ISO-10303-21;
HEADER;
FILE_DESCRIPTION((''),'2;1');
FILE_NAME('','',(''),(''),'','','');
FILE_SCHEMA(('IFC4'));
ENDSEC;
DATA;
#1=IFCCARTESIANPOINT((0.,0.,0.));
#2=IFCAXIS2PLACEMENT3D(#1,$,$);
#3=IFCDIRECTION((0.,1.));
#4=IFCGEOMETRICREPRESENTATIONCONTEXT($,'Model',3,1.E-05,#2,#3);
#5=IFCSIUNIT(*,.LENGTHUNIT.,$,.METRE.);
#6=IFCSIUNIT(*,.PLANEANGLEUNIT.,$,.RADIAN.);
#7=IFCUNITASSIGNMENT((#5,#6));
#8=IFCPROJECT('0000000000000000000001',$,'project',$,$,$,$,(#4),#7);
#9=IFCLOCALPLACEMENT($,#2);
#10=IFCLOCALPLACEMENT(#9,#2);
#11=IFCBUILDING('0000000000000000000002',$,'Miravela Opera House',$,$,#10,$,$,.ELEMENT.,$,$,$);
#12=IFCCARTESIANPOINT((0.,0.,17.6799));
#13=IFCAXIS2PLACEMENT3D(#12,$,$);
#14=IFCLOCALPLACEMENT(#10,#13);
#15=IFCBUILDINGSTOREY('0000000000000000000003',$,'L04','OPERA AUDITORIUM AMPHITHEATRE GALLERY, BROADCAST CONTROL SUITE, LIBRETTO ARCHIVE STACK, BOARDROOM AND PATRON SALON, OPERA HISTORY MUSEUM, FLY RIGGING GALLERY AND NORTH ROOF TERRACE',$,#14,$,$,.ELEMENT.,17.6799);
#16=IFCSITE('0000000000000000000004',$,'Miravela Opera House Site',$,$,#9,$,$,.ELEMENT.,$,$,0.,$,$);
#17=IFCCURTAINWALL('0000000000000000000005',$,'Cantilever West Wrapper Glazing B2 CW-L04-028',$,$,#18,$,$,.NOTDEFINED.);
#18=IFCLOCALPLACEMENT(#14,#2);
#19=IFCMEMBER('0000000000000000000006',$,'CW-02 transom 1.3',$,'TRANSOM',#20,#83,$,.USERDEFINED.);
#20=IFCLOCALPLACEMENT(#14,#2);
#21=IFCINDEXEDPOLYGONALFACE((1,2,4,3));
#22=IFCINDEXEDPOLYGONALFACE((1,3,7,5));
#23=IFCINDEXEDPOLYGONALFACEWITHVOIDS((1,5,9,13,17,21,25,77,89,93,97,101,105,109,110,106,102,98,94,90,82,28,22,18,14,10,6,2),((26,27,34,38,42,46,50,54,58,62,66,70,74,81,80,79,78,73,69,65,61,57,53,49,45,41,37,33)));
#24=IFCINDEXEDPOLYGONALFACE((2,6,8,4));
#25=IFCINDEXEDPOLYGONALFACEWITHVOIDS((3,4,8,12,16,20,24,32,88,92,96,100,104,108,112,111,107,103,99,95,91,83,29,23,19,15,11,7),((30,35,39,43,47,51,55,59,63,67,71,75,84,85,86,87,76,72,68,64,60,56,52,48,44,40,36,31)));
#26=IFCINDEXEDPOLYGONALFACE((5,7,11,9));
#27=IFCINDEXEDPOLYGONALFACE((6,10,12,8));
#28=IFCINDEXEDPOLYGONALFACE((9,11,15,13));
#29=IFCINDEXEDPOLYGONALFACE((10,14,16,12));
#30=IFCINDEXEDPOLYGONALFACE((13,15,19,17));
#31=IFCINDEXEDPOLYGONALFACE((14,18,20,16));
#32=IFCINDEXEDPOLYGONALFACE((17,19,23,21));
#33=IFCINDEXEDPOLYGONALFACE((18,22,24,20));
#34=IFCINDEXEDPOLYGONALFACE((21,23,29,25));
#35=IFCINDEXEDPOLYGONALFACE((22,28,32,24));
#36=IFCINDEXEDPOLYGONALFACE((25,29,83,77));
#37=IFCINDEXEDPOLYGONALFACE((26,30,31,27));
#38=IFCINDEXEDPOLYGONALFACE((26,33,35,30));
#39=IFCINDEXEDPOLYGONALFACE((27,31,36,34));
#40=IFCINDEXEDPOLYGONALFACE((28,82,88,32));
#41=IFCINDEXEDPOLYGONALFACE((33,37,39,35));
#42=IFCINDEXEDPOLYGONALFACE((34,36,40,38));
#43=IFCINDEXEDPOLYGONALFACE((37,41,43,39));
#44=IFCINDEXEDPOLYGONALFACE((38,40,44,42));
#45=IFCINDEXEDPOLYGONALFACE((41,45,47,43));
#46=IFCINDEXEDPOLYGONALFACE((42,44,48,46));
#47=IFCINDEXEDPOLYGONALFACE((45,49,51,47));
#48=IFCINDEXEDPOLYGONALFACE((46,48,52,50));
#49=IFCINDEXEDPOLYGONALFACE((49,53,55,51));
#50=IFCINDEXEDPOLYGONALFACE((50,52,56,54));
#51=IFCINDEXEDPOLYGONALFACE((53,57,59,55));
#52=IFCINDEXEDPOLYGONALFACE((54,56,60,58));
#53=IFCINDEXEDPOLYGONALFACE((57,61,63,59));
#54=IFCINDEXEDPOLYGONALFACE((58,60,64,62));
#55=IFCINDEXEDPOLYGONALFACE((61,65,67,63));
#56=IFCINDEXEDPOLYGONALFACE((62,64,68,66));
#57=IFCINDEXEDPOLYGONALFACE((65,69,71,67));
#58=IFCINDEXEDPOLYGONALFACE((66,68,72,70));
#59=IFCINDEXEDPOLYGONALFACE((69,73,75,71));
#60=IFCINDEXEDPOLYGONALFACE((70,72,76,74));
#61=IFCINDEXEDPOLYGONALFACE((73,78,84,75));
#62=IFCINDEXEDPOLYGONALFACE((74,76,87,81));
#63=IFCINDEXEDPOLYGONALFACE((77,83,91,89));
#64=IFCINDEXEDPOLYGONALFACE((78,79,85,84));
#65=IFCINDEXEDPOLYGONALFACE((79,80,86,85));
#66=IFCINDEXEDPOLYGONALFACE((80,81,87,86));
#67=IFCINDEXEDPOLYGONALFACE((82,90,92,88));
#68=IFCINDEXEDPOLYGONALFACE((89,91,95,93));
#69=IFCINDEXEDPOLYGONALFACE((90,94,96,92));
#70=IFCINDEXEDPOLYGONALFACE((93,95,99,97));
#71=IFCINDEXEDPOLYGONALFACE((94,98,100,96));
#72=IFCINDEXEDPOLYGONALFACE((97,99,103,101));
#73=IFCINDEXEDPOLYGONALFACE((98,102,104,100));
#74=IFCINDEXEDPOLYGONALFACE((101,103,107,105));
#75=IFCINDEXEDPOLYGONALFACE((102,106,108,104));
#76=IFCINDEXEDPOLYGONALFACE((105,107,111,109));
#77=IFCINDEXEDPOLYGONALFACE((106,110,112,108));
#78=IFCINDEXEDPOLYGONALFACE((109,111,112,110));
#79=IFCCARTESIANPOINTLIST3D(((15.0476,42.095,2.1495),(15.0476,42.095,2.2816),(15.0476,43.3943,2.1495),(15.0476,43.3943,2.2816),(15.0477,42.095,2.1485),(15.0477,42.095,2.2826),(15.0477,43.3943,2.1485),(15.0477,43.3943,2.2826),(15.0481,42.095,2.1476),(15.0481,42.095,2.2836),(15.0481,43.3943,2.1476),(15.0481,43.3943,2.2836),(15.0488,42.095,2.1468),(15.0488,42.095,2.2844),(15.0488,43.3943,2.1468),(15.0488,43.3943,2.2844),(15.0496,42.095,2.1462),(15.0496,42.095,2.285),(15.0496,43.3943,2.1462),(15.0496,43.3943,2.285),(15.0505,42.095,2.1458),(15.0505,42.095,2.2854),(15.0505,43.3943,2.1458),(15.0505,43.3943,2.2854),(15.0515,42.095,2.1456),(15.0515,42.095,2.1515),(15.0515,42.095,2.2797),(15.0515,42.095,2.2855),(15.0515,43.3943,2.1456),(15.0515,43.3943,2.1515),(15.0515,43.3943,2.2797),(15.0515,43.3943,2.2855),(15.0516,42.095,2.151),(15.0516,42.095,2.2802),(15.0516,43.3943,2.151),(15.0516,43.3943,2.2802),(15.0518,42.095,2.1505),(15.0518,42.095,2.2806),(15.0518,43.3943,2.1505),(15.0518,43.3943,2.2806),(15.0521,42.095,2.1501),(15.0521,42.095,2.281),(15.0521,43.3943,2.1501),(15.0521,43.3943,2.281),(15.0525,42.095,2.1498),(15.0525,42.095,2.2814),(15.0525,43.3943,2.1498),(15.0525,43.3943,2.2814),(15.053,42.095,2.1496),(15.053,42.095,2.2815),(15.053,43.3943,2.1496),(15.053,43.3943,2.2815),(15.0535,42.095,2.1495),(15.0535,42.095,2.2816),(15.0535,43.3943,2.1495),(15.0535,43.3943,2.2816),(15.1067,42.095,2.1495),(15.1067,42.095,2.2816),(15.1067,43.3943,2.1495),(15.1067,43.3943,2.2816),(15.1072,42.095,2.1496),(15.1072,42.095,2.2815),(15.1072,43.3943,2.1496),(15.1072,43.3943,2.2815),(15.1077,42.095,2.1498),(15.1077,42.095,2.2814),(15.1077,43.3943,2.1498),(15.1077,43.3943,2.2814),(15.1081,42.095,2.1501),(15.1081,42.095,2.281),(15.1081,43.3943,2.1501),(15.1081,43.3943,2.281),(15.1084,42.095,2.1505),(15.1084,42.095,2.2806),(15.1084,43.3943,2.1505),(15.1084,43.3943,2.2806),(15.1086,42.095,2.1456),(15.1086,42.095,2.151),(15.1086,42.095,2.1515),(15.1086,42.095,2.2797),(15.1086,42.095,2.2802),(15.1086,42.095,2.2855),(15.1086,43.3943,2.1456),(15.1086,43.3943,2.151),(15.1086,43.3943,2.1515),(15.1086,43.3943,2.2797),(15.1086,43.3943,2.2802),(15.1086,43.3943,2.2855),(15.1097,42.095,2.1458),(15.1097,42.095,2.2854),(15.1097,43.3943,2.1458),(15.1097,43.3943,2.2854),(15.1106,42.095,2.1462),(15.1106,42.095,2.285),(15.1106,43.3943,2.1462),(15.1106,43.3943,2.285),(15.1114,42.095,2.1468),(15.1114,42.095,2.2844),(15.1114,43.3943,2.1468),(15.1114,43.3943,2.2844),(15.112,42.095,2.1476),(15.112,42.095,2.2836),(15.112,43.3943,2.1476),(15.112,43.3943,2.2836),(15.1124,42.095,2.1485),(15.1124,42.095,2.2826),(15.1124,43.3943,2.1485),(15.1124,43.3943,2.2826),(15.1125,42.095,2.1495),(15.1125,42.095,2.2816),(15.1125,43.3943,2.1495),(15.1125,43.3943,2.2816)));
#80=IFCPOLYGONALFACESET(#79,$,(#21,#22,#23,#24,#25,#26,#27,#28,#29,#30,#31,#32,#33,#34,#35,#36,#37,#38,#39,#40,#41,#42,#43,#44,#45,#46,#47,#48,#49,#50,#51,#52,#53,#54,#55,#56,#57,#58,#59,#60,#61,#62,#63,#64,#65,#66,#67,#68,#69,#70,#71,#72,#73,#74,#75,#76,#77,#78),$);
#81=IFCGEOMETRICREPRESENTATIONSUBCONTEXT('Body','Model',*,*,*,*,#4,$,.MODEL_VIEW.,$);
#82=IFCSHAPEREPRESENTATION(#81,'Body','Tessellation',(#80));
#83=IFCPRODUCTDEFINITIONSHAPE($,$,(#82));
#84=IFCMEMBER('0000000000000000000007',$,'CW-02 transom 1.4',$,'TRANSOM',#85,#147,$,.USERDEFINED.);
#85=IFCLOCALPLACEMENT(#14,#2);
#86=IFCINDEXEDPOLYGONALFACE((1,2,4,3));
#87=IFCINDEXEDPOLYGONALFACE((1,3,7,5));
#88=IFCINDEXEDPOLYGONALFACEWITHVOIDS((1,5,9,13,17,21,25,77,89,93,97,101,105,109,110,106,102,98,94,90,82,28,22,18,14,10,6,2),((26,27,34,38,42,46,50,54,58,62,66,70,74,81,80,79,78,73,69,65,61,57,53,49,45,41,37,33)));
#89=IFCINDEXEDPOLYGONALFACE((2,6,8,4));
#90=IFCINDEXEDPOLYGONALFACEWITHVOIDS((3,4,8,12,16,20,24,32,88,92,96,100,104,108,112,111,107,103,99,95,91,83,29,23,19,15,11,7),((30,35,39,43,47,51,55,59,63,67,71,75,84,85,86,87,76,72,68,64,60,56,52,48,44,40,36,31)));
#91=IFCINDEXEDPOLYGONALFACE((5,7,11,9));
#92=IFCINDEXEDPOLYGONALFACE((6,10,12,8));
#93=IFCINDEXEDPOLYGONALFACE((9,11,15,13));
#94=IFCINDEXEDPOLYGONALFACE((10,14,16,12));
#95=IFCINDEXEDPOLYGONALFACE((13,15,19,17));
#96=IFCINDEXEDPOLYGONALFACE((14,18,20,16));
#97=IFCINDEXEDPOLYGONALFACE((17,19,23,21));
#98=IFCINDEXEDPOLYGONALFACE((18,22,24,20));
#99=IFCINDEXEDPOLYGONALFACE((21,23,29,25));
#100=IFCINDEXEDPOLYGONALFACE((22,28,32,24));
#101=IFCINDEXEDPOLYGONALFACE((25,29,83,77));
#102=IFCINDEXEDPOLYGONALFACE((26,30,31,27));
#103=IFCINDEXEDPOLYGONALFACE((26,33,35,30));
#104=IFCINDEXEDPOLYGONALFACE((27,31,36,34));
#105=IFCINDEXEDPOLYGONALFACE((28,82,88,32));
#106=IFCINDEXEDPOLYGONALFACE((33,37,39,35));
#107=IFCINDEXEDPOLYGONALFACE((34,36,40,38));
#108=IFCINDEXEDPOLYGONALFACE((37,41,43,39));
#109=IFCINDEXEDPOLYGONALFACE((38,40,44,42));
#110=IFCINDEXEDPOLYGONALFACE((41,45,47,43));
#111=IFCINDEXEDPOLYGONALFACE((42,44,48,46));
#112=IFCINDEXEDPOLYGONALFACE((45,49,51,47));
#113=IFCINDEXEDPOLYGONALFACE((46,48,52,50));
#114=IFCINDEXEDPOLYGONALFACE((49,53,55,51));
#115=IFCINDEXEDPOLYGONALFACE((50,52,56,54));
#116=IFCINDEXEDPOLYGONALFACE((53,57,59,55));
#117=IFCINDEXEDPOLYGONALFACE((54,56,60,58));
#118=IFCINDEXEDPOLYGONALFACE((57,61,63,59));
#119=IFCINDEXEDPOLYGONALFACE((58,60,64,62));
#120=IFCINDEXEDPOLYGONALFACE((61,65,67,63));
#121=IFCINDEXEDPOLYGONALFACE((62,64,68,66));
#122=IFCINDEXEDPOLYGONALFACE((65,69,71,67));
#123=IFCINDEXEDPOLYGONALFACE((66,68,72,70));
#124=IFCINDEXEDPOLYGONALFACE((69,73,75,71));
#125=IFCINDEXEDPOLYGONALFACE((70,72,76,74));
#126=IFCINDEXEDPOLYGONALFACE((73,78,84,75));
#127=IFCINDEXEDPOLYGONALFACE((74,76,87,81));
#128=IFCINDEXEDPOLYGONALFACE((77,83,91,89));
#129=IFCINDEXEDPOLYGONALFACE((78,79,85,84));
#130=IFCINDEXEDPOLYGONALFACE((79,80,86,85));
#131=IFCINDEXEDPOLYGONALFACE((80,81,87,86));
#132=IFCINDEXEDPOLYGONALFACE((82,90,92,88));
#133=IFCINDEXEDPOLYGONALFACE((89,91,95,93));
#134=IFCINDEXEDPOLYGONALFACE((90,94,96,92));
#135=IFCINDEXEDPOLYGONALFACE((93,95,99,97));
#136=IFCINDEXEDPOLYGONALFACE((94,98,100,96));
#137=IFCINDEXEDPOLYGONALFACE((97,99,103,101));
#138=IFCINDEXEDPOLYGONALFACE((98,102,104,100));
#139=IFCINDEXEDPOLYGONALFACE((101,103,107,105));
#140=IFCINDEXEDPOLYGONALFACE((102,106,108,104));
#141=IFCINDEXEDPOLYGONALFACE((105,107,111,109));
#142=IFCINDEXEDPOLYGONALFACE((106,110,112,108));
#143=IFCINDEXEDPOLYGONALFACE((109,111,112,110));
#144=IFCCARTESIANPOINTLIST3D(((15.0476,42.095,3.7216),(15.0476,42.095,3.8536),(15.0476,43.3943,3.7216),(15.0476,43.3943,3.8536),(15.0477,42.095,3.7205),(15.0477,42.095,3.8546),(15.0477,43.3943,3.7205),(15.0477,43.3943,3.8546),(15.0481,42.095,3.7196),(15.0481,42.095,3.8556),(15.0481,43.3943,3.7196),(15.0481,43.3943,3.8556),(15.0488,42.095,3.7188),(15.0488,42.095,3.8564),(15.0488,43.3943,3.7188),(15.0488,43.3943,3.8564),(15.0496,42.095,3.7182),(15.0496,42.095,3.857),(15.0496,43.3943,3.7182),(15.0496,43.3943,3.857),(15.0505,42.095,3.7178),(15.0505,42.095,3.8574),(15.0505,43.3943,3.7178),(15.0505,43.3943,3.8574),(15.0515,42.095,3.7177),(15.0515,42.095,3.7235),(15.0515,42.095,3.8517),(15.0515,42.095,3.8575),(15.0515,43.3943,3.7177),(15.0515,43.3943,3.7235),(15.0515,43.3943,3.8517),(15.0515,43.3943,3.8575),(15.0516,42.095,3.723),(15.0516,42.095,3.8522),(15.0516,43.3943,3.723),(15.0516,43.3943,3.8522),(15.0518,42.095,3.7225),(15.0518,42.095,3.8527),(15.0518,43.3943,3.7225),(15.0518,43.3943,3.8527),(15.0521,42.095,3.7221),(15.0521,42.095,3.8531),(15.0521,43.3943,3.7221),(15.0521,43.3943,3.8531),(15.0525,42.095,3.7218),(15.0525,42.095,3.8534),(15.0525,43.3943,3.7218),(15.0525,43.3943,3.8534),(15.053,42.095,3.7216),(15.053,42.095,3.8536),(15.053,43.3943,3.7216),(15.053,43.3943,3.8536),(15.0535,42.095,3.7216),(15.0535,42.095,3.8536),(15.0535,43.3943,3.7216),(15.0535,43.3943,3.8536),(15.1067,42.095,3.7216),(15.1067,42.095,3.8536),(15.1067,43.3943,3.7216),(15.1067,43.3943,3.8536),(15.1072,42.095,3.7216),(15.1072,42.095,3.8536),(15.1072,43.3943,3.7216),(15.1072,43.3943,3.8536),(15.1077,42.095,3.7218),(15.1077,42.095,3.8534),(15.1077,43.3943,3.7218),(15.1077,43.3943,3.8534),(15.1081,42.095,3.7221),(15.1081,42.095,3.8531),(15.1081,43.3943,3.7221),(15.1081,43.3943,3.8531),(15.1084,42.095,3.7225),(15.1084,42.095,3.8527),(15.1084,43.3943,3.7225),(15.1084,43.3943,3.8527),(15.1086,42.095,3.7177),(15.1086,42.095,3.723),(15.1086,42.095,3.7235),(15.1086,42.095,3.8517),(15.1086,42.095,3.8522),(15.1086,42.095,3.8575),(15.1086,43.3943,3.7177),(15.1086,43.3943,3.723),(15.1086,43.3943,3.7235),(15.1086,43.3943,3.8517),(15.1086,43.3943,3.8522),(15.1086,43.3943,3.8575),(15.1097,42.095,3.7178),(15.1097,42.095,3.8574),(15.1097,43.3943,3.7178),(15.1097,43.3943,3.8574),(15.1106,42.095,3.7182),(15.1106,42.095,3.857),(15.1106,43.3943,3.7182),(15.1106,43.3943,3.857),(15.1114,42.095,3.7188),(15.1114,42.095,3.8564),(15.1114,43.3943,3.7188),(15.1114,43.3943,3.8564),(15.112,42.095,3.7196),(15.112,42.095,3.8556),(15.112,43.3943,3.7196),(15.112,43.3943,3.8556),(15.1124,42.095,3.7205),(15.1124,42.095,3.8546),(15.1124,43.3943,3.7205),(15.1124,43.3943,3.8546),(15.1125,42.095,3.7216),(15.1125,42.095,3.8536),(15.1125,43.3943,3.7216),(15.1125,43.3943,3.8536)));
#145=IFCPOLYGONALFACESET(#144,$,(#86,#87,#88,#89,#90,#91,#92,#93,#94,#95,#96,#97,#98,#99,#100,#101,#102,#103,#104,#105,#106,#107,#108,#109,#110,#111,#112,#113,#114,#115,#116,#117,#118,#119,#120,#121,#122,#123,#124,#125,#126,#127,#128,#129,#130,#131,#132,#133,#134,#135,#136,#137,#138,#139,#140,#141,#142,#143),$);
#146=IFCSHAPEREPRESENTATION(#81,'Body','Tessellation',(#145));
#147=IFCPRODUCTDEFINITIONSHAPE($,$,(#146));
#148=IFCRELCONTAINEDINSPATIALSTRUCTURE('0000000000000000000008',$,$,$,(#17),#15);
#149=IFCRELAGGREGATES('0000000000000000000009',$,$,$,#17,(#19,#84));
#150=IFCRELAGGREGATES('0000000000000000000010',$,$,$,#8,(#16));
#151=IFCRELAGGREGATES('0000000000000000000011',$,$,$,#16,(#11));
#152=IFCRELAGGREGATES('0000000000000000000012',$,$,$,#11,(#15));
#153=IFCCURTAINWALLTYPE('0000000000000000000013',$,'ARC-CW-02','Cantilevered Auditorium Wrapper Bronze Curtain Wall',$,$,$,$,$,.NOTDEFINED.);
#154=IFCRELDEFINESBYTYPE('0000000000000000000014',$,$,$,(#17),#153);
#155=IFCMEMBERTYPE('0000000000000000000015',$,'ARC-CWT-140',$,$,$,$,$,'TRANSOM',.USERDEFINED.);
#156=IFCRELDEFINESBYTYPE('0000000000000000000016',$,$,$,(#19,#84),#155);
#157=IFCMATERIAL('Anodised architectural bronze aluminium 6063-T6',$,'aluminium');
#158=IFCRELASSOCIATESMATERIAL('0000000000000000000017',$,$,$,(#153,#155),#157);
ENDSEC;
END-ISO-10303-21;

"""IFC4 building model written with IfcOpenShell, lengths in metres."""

from ifc_helpers import new_model, si_unit, direction, frame, origin, origin_2d, place, context, subcontext, project, spatial, hollow_rectangle, extrude, material, material_profile, profile_set, type_object, element, aggregate, save


model = new_model("IFC4")

# Units and contexts
model_context = context("Model", 3, precision=1e-05, world=origin(), true_north=direction((0.0, 1.0)))
body_context = subcontext(model_context, "Body", "Model", "MODEL_VIEW")
ifc_project = project(units=[si_unit("LENGTHUNIT", "METRE"), si_unit("PLANEANGLEUNIT", "RADIAN")], contexts=[model_context])

# Site, building, storey
site_placement = place(None, origin())
site = spatial("IfcSite", under=ifc_project, at=site_placement, Name="Miravela Opera House Site", CompositionType="ELEMENT", RefElevation=0.0)
building_placement = place(site_placement, origin())
building = spatial("IfcBuilding", under=site, at=building_placement, Name="Miravela Opera House", CompositionType="ELEMENT")
storey_placement = place(building_placement, frame((0.0, 0.0, 17.6799)))
storey = spatial("IfcBuildingStorey", under=building, at=storey_placement, Name="L04", Description="OPERA AUDITORIUM AMPHITHEATRE GALLERY, BROADCAST CONTROL SUITE, LIBRETTO ARCHIVE STACK, BOARDROOM AND PATRON SALON, OPERA HISTORY MUSEUM, FLY RIGGING GALLERY AND NORTH ROOF TERRACE", CompositionType="ELEMENT", Elevation=17.6799)

# Shared definitions
ifc_material_1 = material(Name="Anodised architectural bronze aluminium 6063-T6", Category="aluminium")
curtain_wall_type = type_object("IfcCurtainWallType", Name="ARC-CW-02", Description="Cantilevered Auditorium Wrapper Bronze Curtain Wall", PredefinedType="NOTDEFINED", material=ifc_material_1)

# Curtain wall
curtain_wall_1_placement = place(storey_placement, origin())
curtain_wall_1 = element("IfcCurtainWall", 1, at=curtain_wall_1_placement, inside=storey, type_object=curtain_wall_type, Name="Cantilever West Wrapper Glazing B2 CW-L04-028", PredefinedType="NOTDEFINED")

# Members
ifc_material_profile_1 = material_profile(ifc_material_1, hollow_rectangle(XDim=0.0649, YDim=0.1399, WallThickness=0.0039, InnerFilletRadius=0.002, OuterFilletRadius=0.0039, at=origin_2d()), Name="CWT-65X140")
ifc_profile_set_1 = profile_set([ifc_material_profile_1])
member_type_1 = type_object("IfcMemberType", Name="ARC-CWT-140", ElementType="TRANSOM", PredefinedType="USERDEFINED", material=ifc_profile_set_1)
member_1_placement = place(storey_placement, frame((15.0801, 42.095, 2.2156), z_axis=(0.0, 1.0, 0.0), x_axis=(-1.0, 0.0, 0.0)))
member_1 = element("IfcMember", 2, at=member_1_placement, type_object=member_type_1, Name="CW-02 transom 1.3", ObjectType="TRANSOM", PredefinedType="USERDEFINED", context=body_context, shape_type="SweptSolid", body=[
    extrude(hollow_rectangle(XDim=0.0649, YDim=0.1399, WallThickness=0.0039, InnerFilletRadius=0.002, OuterFilletRadius=0.0039, at=origin_2d()), origin(), (0.0, 0.0, 1.0), 1.2993),
])
member_2_placement = place(storey_placement, frame((15.0801, 42.095, 3.7876), z_axis=(0.0, 1.0, 0.0), x_axis=(-1.0, 0.0, 0.0)))
member_2 = element("IfcMember", 3, at=member_2_placement, type_object=member_type_1, Name="CW-02 transom 1.4", ObjectType="TRANSOM", PredefinedType="USERDEFINED", context=body_context, shape_type="SweptSolid", body=[
    extrude(hollow_rectangle(XDim=0.0649, YDim=0.1399, WallThickness=0.0039, InnerFilletRadius=0.002, OuterFilletRadius=0.0039, at=origin_2d()), origin(), (0.0, 0.0, 1.0), 1.2993),
])

aggregate(curtain_wall_1, [member_1, member_2])

save(model, "model.ifc")
